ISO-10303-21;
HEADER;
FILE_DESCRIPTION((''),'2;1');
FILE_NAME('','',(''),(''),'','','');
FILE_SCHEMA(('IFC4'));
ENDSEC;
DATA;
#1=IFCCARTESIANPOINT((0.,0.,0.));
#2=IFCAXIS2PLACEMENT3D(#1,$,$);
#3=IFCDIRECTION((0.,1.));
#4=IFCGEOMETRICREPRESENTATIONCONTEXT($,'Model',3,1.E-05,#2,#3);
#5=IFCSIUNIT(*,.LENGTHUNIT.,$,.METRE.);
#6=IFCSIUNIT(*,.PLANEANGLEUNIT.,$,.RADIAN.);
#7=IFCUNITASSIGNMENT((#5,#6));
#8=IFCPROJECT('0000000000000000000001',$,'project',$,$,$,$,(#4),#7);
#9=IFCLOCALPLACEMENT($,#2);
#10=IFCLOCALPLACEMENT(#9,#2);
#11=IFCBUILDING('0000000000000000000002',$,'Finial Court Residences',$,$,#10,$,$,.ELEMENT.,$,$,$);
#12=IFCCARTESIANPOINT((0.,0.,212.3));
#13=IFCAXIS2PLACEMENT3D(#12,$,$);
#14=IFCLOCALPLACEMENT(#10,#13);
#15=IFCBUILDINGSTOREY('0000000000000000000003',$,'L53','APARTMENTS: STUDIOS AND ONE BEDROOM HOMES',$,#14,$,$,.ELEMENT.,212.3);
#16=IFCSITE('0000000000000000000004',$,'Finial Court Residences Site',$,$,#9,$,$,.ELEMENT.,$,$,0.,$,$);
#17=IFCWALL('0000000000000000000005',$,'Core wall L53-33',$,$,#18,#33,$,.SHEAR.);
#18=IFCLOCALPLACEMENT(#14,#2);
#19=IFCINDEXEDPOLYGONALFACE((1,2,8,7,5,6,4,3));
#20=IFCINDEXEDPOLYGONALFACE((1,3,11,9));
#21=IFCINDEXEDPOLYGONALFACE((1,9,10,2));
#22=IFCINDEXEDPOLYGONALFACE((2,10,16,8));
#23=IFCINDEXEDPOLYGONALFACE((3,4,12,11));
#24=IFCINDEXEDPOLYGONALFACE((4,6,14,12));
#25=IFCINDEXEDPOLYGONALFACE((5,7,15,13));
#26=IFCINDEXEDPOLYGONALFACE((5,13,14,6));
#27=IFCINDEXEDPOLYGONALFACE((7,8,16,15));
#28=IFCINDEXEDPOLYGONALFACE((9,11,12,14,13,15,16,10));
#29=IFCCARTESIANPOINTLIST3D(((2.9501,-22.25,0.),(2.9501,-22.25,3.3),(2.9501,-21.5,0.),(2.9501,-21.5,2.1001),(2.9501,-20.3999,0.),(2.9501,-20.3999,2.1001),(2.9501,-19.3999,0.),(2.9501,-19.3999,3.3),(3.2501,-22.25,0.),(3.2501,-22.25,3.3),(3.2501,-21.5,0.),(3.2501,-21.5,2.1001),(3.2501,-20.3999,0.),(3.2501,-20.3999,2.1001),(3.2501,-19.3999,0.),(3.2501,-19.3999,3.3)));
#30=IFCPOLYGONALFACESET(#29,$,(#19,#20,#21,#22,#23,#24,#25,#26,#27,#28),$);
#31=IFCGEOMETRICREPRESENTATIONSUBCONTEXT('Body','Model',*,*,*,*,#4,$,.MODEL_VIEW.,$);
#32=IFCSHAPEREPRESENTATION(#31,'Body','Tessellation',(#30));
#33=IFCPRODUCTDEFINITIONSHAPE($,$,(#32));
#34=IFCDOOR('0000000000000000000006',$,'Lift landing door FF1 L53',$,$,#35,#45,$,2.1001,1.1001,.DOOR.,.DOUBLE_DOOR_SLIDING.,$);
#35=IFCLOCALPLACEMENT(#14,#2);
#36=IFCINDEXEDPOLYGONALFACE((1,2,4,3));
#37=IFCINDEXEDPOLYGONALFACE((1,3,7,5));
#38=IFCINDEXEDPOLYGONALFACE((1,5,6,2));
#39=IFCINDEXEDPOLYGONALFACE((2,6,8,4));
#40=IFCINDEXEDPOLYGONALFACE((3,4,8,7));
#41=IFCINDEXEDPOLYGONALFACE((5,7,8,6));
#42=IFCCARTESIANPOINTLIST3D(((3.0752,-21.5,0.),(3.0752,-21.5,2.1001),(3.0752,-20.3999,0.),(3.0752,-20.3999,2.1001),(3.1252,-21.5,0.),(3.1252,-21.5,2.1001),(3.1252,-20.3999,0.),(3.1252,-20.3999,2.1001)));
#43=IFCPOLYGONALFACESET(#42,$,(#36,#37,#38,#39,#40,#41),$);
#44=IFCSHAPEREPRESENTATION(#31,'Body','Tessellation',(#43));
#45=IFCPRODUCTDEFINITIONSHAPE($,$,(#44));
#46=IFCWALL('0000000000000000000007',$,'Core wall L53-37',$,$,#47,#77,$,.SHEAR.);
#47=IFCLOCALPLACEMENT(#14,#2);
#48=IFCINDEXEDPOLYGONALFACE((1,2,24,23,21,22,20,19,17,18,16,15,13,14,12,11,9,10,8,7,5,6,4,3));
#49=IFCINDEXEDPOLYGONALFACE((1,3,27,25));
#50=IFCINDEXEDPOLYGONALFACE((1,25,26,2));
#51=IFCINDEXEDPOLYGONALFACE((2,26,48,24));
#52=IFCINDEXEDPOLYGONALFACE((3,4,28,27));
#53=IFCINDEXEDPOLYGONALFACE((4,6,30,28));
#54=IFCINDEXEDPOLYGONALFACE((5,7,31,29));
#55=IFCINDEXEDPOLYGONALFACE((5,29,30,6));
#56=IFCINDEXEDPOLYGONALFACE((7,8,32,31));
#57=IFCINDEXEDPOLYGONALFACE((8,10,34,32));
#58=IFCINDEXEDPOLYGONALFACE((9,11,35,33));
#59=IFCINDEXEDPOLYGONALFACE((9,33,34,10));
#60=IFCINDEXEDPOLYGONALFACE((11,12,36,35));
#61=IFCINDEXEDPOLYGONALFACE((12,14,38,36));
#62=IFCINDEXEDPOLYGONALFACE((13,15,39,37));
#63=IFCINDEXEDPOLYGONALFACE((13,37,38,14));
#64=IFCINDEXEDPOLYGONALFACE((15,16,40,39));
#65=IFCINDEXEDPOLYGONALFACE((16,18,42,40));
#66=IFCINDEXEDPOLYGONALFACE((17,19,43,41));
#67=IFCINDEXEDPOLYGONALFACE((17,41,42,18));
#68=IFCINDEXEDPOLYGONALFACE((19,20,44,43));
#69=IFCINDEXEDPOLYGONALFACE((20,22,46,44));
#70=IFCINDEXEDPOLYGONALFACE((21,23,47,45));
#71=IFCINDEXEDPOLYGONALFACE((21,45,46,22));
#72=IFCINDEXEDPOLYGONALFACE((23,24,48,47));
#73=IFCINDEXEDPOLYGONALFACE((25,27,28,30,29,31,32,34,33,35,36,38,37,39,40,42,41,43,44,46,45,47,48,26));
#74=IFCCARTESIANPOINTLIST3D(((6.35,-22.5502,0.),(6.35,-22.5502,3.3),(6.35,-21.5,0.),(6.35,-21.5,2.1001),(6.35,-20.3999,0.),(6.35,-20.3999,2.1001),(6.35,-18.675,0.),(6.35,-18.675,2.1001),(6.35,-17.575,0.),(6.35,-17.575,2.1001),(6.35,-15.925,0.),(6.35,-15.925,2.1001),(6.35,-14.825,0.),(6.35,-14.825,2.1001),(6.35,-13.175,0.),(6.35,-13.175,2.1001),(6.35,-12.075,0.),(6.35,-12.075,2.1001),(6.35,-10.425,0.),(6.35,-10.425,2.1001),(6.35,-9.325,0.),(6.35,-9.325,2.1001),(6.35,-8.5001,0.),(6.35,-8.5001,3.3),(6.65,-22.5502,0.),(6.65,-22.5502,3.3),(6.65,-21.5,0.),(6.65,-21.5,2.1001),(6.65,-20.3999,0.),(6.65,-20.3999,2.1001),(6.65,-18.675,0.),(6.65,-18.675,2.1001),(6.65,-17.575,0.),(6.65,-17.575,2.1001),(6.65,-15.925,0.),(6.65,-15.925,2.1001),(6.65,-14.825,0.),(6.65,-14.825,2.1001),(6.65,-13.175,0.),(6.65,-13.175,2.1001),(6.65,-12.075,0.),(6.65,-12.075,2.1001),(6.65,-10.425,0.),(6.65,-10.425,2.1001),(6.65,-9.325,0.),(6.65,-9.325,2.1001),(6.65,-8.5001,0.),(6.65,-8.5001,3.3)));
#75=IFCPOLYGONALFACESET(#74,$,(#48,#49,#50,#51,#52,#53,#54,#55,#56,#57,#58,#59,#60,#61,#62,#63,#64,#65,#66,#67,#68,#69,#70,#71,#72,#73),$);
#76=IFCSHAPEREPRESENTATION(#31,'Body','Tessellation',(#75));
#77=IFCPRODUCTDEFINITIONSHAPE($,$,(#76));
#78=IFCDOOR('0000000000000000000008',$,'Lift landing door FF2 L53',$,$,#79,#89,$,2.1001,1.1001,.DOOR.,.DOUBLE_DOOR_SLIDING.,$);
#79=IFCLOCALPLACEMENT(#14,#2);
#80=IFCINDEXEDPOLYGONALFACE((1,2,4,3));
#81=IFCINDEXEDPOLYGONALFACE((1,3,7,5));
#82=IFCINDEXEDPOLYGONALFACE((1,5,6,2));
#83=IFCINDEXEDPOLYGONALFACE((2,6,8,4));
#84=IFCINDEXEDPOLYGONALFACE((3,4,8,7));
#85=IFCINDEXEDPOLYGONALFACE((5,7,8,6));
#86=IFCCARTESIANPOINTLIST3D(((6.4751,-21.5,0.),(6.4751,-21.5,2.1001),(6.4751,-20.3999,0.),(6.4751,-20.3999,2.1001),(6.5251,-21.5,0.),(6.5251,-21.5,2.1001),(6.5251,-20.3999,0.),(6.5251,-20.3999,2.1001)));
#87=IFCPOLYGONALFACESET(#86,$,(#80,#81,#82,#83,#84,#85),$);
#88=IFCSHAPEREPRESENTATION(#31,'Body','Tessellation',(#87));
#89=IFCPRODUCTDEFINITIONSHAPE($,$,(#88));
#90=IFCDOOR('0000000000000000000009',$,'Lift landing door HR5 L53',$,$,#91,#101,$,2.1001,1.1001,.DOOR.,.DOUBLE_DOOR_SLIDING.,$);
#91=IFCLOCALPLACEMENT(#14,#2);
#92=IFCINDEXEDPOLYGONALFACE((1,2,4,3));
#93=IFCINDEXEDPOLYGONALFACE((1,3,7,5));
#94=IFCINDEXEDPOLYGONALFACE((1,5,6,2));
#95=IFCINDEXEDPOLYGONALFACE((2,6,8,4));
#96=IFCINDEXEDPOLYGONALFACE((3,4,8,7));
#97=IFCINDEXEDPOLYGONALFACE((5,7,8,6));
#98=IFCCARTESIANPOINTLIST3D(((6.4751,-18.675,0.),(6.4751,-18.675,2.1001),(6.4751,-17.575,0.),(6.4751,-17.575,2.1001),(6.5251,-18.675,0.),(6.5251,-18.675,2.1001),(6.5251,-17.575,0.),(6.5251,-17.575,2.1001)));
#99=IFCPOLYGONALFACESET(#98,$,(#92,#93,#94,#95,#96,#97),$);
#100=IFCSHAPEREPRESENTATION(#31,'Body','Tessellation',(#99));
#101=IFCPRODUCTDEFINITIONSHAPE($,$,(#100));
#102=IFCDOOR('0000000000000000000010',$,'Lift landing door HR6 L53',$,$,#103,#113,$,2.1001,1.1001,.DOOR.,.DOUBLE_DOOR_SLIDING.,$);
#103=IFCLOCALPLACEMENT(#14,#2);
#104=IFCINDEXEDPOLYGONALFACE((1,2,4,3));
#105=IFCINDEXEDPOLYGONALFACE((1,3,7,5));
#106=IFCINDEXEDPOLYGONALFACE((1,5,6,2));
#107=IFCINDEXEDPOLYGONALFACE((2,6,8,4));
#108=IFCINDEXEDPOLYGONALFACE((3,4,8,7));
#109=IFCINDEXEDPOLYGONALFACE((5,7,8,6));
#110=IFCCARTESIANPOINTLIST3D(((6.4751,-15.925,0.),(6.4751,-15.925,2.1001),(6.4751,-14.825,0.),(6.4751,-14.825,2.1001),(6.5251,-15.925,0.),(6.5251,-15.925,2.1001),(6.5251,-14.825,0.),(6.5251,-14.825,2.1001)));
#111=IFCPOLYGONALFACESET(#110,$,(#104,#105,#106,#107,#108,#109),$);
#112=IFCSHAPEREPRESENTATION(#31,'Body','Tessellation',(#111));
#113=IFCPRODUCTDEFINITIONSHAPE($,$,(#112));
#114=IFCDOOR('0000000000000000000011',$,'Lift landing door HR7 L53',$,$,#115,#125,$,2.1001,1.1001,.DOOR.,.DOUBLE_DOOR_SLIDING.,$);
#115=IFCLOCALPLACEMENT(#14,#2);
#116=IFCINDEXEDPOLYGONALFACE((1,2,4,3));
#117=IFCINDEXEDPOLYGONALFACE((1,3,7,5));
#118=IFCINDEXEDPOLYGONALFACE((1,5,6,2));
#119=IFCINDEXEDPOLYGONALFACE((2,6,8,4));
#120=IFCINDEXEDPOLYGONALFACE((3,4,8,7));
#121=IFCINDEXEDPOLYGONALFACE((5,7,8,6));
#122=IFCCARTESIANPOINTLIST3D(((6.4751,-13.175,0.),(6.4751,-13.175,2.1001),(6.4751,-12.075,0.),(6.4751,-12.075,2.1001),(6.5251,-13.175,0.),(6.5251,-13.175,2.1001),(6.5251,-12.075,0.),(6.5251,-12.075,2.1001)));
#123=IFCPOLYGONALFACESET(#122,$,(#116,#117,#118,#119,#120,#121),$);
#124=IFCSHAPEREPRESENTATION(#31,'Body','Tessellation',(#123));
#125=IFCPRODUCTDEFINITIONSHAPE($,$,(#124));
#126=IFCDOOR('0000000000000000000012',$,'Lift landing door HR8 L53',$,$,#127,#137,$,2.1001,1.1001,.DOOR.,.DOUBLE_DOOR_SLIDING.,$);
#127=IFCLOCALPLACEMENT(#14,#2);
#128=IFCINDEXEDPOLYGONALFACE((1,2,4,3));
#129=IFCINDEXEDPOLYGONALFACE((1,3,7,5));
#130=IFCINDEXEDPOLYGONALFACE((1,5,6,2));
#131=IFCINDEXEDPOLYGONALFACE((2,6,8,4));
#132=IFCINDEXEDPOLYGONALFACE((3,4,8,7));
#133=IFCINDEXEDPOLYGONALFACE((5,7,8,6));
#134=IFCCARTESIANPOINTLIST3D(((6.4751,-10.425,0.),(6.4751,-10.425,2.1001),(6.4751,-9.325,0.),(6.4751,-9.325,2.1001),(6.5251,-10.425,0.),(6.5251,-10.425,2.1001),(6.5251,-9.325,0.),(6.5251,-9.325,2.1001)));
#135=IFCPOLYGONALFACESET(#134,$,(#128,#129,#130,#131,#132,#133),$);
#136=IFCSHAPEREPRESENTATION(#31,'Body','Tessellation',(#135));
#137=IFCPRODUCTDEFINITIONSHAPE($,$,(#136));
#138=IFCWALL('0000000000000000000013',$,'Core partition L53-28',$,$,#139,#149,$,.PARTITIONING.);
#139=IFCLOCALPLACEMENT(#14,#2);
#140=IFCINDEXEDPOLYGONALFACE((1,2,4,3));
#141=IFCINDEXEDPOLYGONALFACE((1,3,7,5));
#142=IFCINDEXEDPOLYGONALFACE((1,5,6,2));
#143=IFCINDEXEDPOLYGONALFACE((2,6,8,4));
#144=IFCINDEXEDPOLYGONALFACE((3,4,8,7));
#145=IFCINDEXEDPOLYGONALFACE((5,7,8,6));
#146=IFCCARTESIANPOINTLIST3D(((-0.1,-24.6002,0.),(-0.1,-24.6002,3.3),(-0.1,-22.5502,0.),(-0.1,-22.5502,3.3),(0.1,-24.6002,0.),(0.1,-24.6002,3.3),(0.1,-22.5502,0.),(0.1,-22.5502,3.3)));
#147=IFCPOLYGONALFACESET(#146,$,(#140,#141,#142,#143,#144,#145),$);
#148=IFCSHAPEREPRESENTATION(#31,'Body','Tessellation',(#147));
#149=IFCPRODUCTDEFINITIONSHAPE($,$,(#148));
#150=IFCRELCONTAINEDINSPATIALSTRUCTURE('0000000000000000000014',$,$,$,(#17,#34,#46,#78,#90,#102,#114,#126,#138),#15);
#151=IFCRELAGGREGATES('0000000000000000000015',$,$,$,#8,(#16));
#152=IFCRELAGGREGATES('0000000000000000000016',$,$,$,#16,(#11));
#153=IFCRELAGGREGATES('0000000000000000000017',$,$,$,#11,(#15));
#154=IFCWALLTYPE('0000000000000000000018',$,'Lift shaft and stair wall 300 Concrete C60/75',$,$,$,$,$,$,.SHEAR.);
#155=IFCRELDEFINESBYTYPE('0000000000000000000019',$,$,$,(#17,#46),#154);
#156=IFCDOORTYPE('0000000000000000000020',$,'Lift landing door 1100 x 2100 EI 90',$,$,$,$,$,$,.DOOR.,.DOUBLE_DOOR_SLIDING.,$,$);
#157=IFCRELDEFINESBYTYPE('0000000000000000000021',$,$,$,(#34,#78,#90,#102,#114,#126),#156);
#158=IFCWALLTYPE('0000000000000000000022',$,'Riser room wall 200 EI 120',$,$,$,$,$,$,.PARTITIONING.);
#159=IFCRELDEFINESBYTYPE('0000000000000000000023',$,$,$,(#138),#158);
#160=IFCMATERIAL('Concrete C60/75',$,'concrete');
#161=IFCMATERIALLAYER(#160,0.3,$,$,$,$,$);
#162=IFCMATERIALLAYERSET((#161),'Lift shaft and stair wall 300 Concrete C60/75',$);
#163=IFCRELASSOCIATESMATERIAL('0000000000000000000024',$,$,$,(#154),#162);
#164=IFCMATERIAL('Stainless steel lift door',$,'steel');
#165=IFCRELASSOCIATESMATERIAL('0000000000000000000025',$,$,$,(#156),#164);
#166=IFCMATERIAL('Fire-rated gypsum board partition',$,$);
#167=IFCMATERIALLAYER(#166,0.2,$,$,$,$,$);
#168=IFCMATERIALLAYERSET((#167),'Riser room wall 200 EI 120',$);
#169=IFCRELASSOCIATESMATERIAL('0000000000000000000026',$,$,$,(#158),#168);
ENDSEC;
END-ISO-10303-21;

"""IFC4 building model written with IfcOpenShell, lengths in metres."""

from ifc_helpers import new_model, si_unit, direction, frame, frame_2d, origin, place, context, subcontext, project, spatial, rectangle, extrude, material, layer, layer_set, type_object, element, fill, save


model = new_model("IFC4")

# Units and contexts
model_context = context("Model", 3, precision=1e-05, world=origin(), true_north=direction((0.0, 1.0)))
body_context = subcontext(model_context, "Body", "Model", "MODEL_VIEW")
ifc_project = project(units=[si_unit("LENGTHUNIT", "METRE"), si_unit("PLANEANGLEUNIT", "RADIAN")], contexts=[model_context])

# Site, building, storey
site_placement = place(None, origin())
site = spatial("IfcSite", under=ifc_project, at=site_placement, Name="Finial Court Residences Site", CompositionType="ELEMENT", RefElevation=0.0)
building_placement = place(site_placement, origin())
building = spatial("IfcBuilding", under=site, at=building_placement, Name="Finial Court Residences", CompositionType="ELEMENT")
storey_placement = place(building_placement, frame((0.0, 0.0, 212.3)))
storey = spatial("IfcBuildingStorey", under=building, at=storey_placement, Name="L53", Description="APARTMENTS: STUDIOS AND ONE BEDROOM HOMES", CompositionType="ELEMENT", Elevation=212.3)

# Shared definitions
ifc_material_1 = material(Name="Fire-rated gypsum board partition")

# Shared definitions
ifc_material_2 = material(Name="Concrete C60/75", Category="concrete")
ifc_layer_1 = layer(ifc_material_2, 0.3)
ifc_layer_set_1 = layer_set([ifc_layer_1], Name="Lift shaft and stair wall 300 Concrete C60/75")
wall_type_1 = type_object("IfcWallType", Name="Lift shaft and stair wall 300 Concrete C60/75", PredefinedType="SHEAR", material=ifc_layer_set_1)

# Wall, opening, door
wall_1_placement = place(storey_placement, frame((3.1001, -22.25, 0.0), z_axis=(0.0, 0.0, 1.0), x_axis=(0.0, 1.0, 0.0)))
wall_1 = element("IfcWall", 1, at=wall_1_placement, inside=storey, type_object=wall_type_1, Name="Core wall L53-33", PredefinedType="SHEAR", context=body_context, shape_type="SweptSolid", body=[
    extrude(rectangle(XDim=2.8501, YDim=0.3, at=frame_2d((1.425, 0.0))), origin(), (0.0, 0.0, 1.0), 3.3),
])
opening_1_placement = place(wall_1_placement, frame((0.75, 0.0, 0.0)))
opening_1 = element("IfcOpeningElement", 2, at=opening_1_placement, cuts=wall_1, PredefinedType="OPENING", context=body_context, shape_type="SweptSolid", body=[
    extrude(rectangle(XDim=1.1001, YDim=2.1001, at=frame_2d((0.55, 1.05))), frame((0.0, 0.1599, 0.0), z_axis=(0.0, -1.0, 0.0), x_axis=(1.0, 0.0, 0.0)), (0.0, 0.0, 1.0), 0.3201),
])
ifc_material_3 = material(Name="Stainless steel lift door", Category="steel")
door_type_1 = type_object("IfcDoorType", Name="Lift landing door 1100 x 2100 EI 90", OperationType="DOUBLE_DOOR_SLIDING", PredefinedType="DOOR", material=ifc_material_3)
door_1_placement = place(opening_1_placement, origin())
door_1 = element("IfcDoor", 3, at=door_1_placement, inside=storey, type_object=door_type_1, Name="Lift landing door FF1 L53", OperationType="DOUBLE_DOOR_SLIDING", OverallHeight=2.1001, OverallWidth=1.1001, PredefinedType="DOOR", context=body_context, shape_type="SweptSolid", body=[
    extrude(rectangle(XDim=1.1001, YDim=2.1001, at=frame_2d((0.55, 1.05))), frame((0.0, 0.0249, 0.0), z_axis=(0.0, -1.0, 0.0), x_axis=(1.0, 0.0, 0.0)), (0.0, 0.0, 1.0), 0.05),
])
fill(opening_1, door_1)

# Wall, openings, doors
wall_2_placement = place(storey_placement, frame((6.5, -22.55, 0.0), z_axis=(0.0, 0.0, 1.0), x_axis=(0.0, 1.0, 0.0)))
wall_2 = element("IfcWall", 4, at=wall_2_placement, inside=storey, type_object=wall_type_1, Name="Core wall L53-37", PredefinedType="SHEAR", context=body_context, shape_type="SweptSolid", body=[
    extrude(rectangle(XDim=14.05, YDim=0.3, at=frame_2d((7.0249, 0.0))), origin(), (0.0, 0.0, 1.0), 3.3),
])
opening_2_placement = place(wall_2_placement, frame((1.05, 0.0, 0.0)))
opening_2 = element("IfcOpeningElement", 5, at=opening_2_placement, cuts=wall_2, PredefinedType="OPENING", context=body_context, shape_type="SweptSolid", body=[
    extrude(rectangle(XDim=1.1001, YDim=2.1001, at=frame_2d((0.55, 1.05))), frame((0.0, 0.1599, 0.0), z_axis=(0.0, -1.0, 0.0), x_axis=(1.0, 0.0, 0.0)), (0.0, 0.0, 1.0), 0.3201),
])
opening_3_placement = place(wall_2_placement, frame((3.875, 0.0, 0.0)))
opening_3 = element("IfcOpeningElement", 6, at=opening_3_placement, cuts=wall_2, PredefinedType="OPENING", context=body_context, shape_type="SweptSolid", body=[
    extrude(rectangle(XDim=1.1001, YDim=2.1001, at=frame_2d((0.55, 1.05))), frame((0.0, 0.1599, 0.0), z_axis=(0.0, -1.0, 0.0), x_axis=(1.0, 0.0, 0.0)), (0.0, 0.0, 1.0), 0.3201),
])
opening_4_placement = place(wall_2_placement, frame((6.625, 0.0, 0.0)))
opening_4 = element("IfcOpeningElement", 7, at=opening_4_placement, cuts=wall_2, PredefinedType="OPENING", context=body_context, shape_type="SweptSolid", body=[
    extrude(rectangle(XDim=1.1001, YDim=2.1001, at=frame_2d((0.55, 1.05))), frame((0.0, 0.1599, 0.0), z_axis=(0.0, -1.0, 0.0), x_axis=(1.0, 0.0, 0.0)), (0.0, 0.0, 1.0), 0.3201),
])
opening_5_placement = place(wall_2_placement, frame((9.375, 0.0, 0.0)))
opening_5 = element("IfcOpeningElement", 8, at=opening_5_placement, cuts=wall_2, PredefinedType="OPENING", context=body_context, shape_type="SweptSolid", body=[
    extrude(rectangle(XDim=1.1001, YDim=2.1001, at=frame_2d((0.55, 1.05))), frame((0.0, 0.1599, 0.0), z_axis=(0.0, -1.0, 0.0), x_axis=(1.0, 0.0, 0.0)), (0.0, 0.0, 1.0), 0.3201),
])
opening_6_placement = place(wall_2_placement, frame((12.125, 0.0, 0.0)))
opening_6 = element("IfcOpeningElement", 9, at=opening_6_placement, cuts=wall_2, PredefinedType="OPENING", context=body_context, shape_type="SweptSolid", body=[
    extrude(rectangle(XDim=1.1001, YDim=2.1001, at=frame_2d((0.55, 1.05))), frame((0.0, 0.1599, 0.0), z_axis=(0.0, -1.0, 0.0), x_axis=(1.0, 0.0, 0.0)), (0.0, 0.0, 1.0), 0.3201),
])
door_2_placement = place(opening_2_placement, origin())
door_2 = element("IfcDoor", 10, at=door_2_placement, inside=storey, type_object=door_type_1, Name="Lift landing door FF2 L53", OperationType="DOUBLE_DOOR_SLIDING", OverallHeight=2.1001, OverallWidth=1.1001, PredefinedType="DOOR", context=body_context, shape_type="SweptSolid", body=[
    extrude(rectangle(XDim=1.1001, YDim=2.1001, at=frame_2d((0.55, 1.05))), frame((0.0, 0.0249, 0.0), z_axis=(0.0, -1.0, 0.0), x_axis=(1.0, 0.0, 0.0)), (0.0, 0.0, 1.0), 0.05),
])
fill(opening_2, door_2)
door_3_placement = place(opening_3_placement, origin())
door_3 = element("IfcDoor", 11, at=door_3_placement, inside=storey, type_object=door_type_1, Name="Lift landing door HR5 L53", OperationType="DOUBLE_DOOR_SLIDING", OverallHeight=2.1001, OverallWidth=1.1001, PredefinedType="DOOR", context=body_context, shape_type="SweptSolid", body=[
    extrude(rectangle(XDim=1.1001, YDim=2.1001, at=frame_2d((0.55, 1.05))), frame((0.0, 0.0249, 0.0), z_axis=(0.0, -1.0, 0.0), x_axis=(1.0, 0.0, 0.0)), (0.0, 0.0, 1.0), 0.05),
])
fill(opening_3, door_3)
door_4_placement = place(opening_4_placement, origin())
door_4 = element("IfcDoor", 12, at=door_4_placement, inside=storey, type_object=door_type_1, Name="Lift landing door HR6 L53", OperationType="DOUBLE_DOOR_SLIDING", OverallHeight=2.1001, OverallWidth=1.1001, PredefinedType="DOOR", context=body_context, shape_type="SweptSolid", body=[
    extrude(rectangle(XDim=1.1001, YDim=2.1001, at=frame_2d((0.55, 1.05))), frame((0.0, 0.0249, 0.0), z_axis=(0.0, -1.0, 0.0), x_axis=(1.0, 0.0, 0.0)), (0.0, 0.0, 1.0), 0.05),
])
fill(opening_4, door_4)
door_5_placement = place(opening_5_placement, origin())
door_5 = element("IfcDoor", 13, at=door_5_placement, inside=storey, type_object=door_type_1, Name="Lift landing door HR7 L53", OperationType="DOUBLE_DOOR_SLIDING", OverallHeight=2.1001, OverallWidth=1.1001, PredefinedType="DOOR", context=body_context, shape_type="SweptSolid", body=[
    extrude(rectangle(XDim=1.1001, YDim=2.1001, at=frame_2d((0.55, 1.05))), frame((0.0, 0.0249, 0.0), z_axis=(0.0, -1.0, 0.0), x_axis=(1.0, 0.0, 0.0)), (0.0, 0.0, 1.0), 0.05),
])
fill(opening_5, door_5)
door_6_placement = place(opening_6_placement, origin())
door_6 = element("IfcDoor", 14, at=door_6_placement, inside=storey, type_object=door_type_1, Name="Lift landing door HR8 L53", OperationType="DOUBLE_DOOR_SLIDING", OverallHeight=2.1001, OverallWidth=1.1001, PredefinedType="DOOR", context=body_context, shape_type="SweptSolid", body=[
    extrude(rectangle(XDim=1.1001, YDim=2.1001, at=frame_2d((0.55, 1.05))), frame((0.0, 0.0249, 0.0), z_axis=(0.0, -1.0, 0.0), x_axis=(1.0, 0.0, 0.0)), (0.0, 0.0, 1.0), 0.05),
])
fill(opening_6, door_6)

# Wall
ifc_layer_2 = layer(ifc_material_1, 0.2)
ifc_layer_set_2 = layer_set([ifc_layer_2], Name="Riser room wall 200 EI 120")
wall_type_2 = type_object("IfcWallType", Name="Riser room wall 200 EI 120", PredefinedType="PARTITIONING", material=ifc_layer_set_2)
wall_3_placement = place(storey_placement, frame((0.0, -24.6001, 0.0), z_axis=(0.0, 0.0, 1.0), x_axis=(0.0, 1.0, 0.0)))
element("IfcWall", 15, at=wall_3_placement, inside=storey, type_object=wall_type_2, Name="Core partition L53-28", PredefinedType="PARTITIONING", context=body_context, shape_type="SweptSolid", body=[
    extrude(rectangle(XDim=2.05, YDim=0.2, at=frame_2d((1.0249, 0.0))), origin(), (0.0, 0.0, 1.0), 3.3),
])

save(model, "model.ifc")
